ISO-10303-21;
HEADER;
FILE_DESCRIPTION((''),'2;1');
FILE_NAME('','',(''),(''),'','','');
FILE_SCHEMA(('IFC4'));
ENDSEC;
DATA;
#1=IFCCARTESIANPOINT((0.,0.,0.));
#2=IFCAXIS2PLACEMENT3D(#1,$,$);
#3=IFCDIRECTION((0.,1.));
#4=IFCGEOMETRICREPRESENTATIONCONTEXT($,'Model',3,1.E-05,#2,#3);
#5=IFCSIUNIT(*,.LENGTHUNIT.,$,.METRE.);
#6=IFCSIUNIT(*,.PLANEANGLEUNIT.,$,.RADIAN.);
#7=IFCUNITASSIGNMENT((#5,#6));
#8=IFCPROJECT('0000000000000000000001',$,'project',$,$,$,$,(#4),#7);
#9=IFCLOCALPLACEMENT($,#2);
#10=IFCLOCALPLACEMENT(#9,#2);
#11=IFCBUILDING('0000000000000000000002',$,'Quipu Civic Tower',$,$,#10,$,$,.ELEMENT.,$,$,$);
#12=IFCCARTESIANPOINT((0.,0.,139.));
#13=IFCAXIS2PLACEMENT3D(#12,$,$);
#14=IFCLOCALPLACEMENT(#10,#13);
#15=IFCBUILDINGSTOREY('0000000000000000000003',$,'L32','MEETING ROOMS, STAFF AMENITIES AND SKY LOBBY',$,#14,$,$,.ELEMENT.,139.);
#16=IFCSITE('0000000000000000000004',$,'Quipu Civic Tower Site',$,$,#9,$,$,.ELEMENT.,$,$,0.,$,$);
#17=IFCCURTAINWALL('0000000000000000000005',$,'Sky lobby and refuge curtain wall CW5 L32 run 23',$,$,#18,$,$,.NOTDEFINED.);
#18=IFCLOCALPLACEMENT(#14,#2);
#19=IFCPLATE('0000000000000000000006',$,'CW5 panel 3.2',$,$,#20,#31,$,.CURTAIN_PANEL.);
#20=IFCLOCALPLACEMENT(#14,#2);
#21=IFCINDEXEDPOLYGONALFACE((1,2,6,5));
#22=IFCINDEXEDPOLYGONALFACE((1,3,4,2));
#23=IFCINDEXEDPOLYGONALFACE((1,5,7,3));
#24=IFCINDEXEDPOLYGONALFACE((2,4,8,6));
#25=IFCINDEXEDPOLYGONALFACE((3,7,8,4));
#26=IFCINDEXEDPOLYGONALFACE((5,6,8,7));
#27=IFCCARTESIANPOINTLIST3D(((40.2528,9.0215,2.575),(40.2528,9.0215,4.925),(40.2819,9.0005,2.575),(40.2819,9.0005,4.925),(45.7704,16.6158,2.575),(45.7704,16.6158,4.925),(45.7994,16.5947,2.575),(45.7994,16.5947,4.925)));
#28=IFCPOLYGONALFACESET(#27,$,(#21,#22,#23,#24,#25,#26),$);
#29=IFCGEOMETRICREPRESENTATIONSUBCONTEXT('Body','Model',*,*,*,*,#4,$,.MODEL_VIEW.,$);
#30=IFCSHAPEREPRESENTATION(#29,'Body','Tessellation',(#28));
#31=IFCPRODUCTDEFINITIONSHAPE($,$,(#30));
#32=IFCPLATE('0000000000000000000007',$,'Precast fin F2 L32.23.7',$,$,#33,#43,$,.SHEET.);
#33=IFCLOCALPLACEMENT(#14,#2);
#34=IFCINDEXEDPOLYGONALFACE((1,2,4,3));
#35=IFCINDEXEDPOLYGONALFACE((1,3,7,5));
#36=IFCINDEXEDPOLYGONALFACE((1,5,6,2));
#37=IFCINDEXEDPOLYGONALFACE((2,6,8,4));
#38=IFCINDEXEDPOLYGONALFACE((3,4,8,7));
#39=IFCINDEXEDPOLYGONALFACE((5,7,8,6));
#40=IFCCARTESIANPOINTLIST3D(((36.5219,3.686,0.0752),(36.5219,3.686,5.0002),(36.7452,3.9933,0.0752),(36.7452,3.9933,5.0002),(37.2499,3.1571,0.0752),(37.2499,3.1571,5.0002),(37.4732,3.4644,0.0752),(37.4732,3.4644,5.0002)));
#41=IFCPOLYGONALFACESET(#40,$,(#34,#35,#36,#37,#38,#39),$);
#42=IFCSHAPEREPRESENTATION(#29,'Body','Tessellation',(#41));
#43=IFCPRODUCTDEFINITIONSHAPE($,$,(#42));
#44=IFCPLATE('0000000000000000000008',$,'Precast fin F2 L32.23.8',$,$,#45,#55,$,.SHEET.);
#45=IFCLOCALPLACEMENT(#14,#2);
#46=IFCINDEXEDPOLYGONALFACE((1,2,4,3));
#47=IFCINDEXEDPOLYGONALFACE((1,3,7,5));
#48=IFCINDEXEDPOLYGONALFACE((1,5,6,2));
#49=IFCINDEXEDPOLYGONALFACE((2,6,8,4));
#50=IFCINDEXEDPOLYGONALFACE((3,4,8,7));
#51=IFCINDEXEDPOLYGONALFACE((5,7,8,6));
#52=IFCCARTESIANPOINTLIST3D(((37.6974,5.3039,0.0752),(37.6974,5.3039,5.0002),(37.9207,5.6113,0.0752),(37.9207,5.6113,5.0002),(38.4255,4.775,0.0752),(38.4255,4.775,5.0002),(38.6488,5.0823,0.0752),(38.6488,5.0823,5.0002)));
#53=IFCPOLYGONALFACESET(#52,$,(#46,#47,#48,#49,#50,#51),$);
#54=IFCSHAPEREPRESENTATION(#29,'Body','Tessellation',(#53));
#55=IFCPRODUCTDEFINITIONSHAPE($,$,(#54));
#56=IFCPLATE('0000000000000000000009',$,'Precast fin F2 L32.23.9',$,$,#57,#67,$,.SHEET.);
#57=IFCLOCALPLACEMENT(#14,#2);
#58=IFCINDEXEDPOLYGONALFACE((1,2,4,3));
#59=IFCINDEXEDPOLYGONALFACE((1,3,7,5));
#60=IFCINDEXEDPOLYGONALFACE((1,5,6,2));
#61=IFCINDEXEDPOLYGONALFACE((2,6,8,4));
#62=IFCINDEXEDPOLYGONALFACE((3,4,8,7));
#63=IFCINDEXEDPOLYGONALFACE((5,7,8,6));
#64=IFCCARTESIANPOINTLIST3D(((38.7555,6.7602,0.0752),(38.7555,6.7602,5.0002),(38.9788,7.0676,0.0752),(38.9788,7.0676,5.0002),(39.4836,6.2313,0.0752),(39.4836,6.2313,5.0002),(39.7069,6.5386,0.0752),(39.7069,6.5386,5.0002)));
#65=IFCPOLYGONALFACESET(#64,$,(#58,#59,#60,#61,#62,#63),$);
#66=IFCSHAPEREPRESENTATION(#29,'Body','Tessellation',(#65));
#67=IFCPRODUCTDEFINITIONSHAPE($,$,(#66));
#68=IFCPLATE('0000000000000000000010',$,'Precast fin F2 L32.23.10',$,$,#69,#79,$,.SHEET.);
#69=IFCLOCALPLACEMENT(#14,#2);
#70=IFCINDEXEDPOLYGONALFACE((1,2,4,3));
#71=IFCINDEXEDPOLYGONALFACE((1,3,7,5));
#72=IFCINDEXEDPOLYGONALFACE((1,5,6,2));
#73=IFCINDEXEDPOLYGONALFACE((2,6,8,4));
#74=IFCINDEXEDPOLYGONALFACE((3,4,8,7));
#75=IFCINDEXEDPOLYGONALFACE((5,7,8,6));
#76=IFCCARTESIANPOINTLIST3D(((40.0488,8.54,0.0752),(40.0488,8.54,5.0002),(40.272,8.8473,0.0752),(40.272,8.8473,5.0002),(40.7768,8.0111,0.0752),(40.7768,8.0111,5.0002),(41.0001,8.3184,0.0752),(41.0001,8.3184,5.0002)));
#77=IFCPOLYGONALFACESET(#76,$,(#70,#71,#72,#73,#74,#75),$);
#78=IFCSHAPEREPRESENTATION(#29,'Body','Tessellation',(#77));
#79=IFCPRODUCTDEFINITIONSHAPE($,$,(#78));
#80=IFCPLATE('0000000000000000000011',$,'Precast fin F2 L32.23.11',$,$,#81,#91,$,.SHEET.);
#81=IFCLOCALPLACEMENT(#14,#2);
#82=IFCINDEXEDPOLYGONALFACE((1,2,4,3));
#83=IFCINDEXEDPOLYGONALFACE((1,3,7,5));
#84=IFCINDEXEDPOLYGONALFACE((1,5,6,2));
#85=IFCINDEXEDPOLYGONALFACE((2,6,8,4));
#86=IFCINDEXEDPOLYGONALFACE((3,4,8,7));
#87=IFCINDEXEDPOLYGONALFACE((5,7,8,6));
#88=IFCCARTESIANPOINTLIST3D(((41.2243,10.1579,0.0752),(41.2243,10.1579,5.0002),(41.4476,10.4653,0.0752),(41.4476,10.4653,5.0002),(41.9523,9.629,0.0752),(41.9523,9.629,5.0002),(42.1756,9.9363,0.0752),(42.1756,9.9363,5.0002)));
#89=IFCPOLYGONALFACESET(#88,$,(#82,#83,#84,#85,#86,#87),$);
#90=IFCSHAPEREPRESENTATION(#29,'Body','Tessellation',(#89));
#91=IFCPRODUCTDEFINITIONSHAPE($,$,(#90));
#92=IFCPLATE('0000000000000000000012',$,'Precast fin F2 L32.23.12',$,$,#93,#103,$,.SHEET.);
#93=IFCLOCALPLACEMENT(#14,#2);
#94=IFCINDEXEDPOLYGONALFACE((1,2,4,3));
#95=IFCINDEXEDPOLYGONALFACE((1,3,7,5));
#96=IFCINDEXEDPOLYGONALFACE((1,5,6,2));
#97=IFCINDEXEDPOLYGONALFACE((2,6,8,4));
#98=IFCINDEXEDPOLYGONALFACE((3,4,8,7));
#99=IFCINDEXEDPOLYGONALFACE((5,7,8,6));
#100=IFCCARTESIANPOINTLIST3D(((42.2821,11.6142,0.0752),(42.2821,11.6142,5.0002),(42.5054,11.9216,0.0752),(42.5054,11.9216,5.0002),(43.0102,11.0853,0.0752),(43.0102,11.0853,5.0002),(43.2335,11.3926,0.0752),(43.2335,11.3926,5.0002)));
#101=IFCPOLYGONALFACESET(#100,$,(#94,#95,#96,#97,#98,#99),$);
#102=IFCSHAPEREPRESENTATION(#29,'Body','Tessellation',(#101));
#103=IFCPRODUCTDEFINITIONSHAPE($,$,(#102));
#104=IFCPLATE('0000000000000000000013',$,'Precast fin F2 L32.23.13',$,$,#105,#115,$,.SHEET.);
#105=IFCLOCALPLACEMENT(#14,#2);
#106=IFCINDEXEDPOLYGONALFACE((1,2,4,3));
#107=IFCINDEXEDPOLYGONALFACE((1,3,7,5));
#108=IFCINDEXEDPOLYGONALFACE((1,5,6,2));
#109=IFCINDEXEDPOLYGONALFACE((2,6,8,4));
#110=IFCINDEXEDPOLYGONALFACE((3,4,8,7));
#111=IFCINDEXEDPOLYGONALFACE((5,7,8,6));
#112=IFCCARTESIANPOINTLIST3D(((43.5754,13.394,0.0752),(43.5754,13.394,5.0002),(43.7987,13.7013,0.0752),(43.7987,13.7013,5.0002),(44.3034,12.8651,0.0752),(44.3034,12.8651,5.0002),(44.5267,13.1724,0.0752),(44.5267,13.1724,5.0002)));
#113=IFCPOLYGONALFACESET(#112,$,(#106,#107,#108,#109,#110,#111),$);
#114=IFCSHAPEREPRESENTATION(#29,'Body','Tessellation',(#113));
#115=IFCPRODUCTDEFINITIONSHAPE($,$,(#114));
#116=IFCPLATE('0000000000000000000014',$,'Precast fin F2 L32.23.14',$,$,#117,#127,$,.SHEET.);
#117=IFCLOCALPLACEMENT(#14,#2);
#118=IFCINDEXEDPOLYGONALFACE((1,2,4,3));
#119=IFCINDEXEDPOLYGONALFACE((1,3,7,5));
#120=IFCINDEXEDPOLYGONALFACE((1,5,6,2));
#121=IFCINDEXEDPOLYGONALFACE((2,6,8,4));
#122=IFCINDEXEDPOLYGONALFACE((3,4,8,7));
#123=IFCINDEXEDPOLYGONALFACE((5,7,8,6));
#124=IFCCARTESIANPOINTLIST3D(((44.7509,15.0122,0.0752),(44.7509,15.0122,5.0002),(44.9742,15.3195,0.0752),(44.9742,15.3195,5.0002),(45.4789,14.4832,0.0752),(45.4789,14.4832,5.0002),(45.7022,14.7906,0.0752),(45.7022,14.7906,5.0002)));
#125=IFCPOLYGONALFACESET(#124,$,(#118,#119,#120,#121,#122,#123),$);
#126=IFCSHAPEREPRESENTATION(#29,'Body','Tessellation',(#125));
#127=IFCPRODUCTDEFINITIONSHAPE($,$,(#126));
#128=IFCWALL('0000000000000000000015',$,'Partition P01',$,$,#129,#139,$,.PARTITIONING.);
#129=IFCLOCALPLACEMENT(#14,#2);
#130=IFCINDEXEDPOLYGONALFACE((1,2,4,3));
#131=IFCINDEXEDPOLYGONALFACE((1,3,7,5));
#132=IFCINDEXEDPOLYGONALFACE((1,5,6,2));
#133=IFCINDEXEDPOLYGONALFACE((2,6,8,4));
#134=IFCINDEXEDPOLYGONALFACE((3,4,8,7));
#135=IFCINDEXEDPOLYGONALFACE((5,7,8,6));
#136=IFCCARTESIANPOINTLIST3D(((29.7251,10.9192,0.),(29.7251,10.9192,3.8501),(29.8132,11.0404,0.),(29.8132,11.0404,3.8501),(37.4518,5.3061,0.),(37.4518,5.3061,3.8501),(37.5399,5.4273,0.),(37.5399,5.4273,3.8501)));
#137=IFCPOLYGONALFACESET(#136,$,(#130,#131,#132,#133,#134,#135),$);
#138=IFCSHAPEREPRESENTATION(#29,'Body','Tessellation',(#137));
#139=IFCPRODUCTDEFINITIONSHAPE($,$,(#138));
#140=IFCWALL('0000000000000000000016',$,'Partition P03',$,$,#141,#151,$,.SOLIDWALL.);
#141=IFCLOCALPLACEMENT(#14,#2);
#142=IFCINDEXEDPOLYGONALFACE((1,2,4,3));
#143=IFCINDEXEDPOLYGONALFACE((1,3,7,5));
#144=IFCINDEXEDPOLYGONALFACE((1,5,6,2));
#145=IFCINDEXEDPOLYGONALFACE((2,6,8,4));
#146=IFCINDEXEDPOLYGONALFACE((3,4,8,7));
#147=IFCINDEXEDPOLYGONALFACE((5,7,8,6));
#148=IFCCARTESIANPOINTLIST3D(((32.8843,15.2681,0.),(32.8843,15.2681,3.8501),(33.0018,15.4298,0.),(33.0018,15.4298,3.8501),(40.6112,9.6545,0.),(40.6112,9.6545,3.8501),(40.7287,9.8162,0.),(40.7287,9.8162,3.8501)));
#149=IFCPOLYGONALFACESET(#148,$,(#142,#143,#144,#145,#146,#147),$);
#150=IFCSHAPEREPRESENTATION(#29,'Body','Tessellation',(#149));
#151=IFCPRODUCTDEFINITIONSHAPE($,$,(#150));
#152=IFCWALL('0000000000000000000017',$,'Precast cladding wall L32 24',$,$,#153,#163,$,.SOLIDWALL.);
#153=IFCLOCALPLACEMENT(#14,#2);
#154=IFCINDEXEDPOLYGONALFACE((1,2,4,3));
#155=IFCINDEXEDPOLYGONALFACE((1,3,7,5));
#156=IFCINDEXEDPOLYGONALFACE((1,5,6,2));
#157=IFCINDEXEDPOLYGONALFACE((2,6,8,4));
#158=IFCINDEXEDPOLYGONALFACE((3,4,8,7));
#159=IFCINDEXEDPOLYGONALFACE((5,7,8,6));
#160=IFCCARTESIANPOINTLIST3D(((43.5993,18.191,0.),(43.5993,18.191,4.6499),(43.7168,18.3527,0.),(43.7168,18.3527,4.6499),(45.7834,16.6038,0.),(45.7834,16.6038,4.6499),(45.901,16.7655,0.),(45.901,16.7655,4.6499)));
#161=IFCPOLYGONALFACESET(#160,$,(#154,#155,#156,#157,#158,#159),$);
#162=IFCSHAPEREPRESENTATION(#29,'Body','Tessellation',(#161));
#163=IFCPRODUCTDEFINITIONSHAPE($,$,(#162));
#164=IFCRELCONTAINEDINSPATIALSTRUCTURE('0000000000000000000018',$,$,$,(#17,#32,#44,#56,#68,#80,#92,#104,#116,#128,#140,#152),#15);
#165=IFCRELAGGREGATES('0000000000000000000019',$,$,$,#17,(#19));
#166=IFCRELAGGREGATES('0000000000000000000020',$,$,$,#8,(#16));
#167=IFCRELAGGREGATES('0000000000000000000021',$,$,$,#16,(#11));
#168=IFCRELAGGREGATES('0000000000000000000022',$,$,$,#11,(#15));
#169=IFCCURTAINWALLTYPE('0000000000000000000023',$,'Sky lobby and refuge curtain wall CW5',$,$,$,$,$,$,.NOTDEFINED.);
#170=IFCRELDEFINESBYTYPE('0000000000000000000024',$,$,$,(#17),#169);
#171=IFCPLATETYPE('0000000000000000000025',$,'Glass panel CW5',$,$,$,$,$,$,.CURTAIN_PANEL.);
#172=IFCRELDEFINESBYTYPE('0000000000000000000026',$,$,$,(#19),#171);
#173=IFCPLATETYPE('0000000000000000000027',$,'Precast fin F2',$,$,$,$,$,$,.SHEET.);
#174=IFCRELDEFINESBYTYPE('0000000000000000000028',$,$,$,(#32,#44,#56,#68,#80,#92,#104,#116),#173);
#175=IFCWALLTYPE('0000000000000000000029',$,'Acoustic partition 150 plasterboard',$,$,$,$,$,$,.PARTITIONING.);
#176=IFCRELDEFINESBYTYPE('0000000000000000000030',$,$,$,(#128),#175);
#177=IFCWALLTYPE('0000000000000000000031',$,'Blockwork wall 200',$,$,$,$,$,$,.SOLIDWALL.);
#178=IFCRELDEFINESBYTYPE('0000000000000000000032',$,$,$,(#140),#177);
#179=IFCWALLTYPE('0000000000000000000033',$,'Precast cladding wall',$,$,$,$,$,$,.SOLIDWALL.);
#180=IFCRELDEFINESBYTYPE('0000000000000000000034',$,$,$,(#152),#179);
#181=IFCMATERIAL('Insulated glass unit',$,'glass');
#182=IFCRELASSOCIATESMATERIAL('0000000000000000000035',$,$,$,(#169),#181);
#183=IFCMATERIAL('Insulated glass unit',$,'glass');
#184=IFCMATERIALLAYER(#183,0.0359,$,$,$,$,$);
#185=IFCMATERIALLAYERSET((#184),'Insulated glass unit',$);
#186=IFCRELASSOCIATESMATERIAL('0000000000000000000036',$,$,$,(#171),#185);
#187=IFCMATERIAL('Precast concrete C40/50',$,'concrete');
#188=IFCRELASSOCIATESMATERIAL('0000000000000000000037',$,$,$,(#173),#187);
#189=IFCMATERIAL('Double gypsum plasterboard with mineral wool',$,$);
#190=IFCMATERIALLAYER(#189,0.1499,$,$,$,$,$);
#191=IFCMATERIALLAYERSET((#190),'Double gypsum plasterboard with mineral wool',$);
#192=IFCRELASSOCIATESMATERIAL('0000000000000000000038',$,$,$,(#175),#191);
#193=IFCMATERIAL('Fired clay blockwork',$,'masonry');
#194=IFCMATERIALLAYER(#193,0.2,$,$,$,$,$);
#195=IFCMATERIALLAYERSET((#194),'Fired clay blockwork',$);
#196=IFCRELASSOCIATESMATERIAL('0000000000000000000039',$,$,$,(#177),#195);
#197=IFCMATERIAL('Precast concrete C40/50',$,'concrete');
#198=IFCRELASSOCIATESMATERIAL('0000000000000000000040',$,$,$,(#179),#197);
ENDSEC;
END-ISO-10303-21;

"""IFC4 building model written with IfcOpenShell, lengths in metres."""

from ifc_helpers import new_model, si_unit, direction, frame, frame_2d, origin, origin_2d, place, context, subcontext, project, spatial, rectangle, extrude, material, layer, layer_set, type_object, element, aggregate, save


model = new_model("IFC4")

# Units and contexts
model_context = context("Model", 3, precision=1e-05, world=origin(), true_north=direction((0.0, 1.0)))
body_context = subcontext(model_context, "Body", "Model", "MODEL_VIEW")
ifc_project = project(units=[si_unit("LENGTHUNIT", "METRE"), si_unit("PLANEANGLEUNIT", "RADIAN")], contexts=[model_context])

# Site, building, storey
site_placement = place(None, origin())
site = spatial("IfcSite", under=ifc_project, at=site_placement, Name="Quipu Civic Tower Site", CompositionType="ELEMENT", RefElevation=0.0)
building_placement = place(site_placement, origin())
building = spatial("IfcBuilding", under=site, at=building_placement, Name="Quipu Civic Tower", CompositionType="ELEMENT")
storey_placement = place(building_placement, frame((0.0, 0.0, 139.0)))
storey = spatial("IfcBuildingStorey", under=building, at=storey_placement, Name="L32", Description="MEETING ROOMS, STAFF AMENITIES AND SKY LOBBY", CompositionType="ELEMENT", Elevation=139.0)

# Curtain wall
ifc_material_1 = material(Name="Insulated glass unit", Category="glass")
curtain_wall_type = type_object("IfcCurtainWallType", Name="Sky lobby and refuge curtain wall CW5", PredefinedType="NOTDEFINED", material=ifc_material_1)
curtain_wall_placement = place(storey_placement, origin())
curtain_wall = element("IfcCurtainWall", 1, at=curtain_wall_placement, inside=storey, type_object=curtain_wall_type, Name="Sky lobby and refuge curtain wall CW5 L32 run 23", PredefinedType="NOTDEFINED")

# Plate
ifc_material_2 = material(Name="Insulated glass unit", Category="glass")
ifc_layer_1 = layer(ifc_material_2, 0.0359)
ifc_layer_set_1 = layer_set([ifc_layer_1], Name="Insulated glass unit")
plate_type_1 = type_object("IfcPlateType", Name="Glass panel CW5", PredefinedType="CURTAIN_PANEL", material=ifc_layer_set_1)
plate_1_placement = place(storey_placement, frame((43.0261, 12.8081, 2.575), z_axis=(0.0, 0.0, 1.0), x_axis=(0.587786, 0.809017, 0.0)))
plate_1 = element("IfcPlate", 2, at=plate_1_placement, type_object=plate_type_1, Name="CW5 panel 3.2", PredefinedType="CURTAIN_PANEL", context=body_context, shape_type="SweptSolid", body=[
    extrude(rectangle(XDim=9.387, YDim=0.0359, at=origin_2d()), origin(), (0.0, 0.0, 1.0), 2.3501),
])
aggregate(curtain_wall, [plate_1])

# Plates
ifc_material_3 = material(Name="Precast concrete C40/50", Category="concrete")
plate_type_2 = type_object("IfcPlateType", Name="Precast fin F2", PredefinedType="SHEET", material=ifc_material_3)
for number, where, z_axis, x_axis, name in (
    (3, (36.9976, 3.5752, 0.0752), (0.0, 0.0, 1.0), (0.587786, 0.809017, 0.0), "Precast fin F2 L32.23.7"),
    (4, (38.1731, 5.1931, 0.0752), (0.0, 0.0, 1.0), (0.587786, 0.809017, 0.0), "Precast fin F2 L32.23.8"),
    (5, (39.2312, 6.6494, 0.0752), (0.0, 0.0, 1.0), (0.587786, 0.809017, 0.0), "Precast fin F2 L32.23.9"),
    (6, (40.5244, 8.4292, 0.0752), (0.0, 0.0, 1.0), (0.587786, 0.809017, 0.0), "Precast fin F2 L32.23.10"),
    (7, (41.7, 10.0471, 0.0752), (0.0, 0.0, 1.0), (0.587786, 0.809017, 0.0), "Precast fin F2 L32.23.11"),
    (8, (42.7578, 11.5034, 0.0752), (0.0, 0.0, 1.0), (0.587786, 0.809017, 0.0), "Precast fin F2 L32.23.12"),
    (9, (44.051, 13.2832, 0.0752), (0.0, 0.0, 1.0), (0.587786, 0.809017, 0.0), "Precast fin F2 L32.23.13"),
    (10, (45.2266, 14.9014, 0.0752), (0.0, 0.0, 1.0), (0.587786, 0.809017, 0.0), "Precast fin F2 L32.23.14"),
):
    element("IfcPlate", number, at=place(storey_placement, frame(where, z_axis=z_axis, x_axis=x_axis)), inside=storey, type_object=plate_type_2, Name=name, PredefinedType="SHEET", context=body_context, shape_type="SweptSolid", body=[
        extrude(rectangle(XDim=0.3799, YDim=0.8999, at=origin_2d()), origin(), (0.0, 0.0, 1.0), 4.925),
    ])

# Walls
ifc_material_4 = material(Name="Double gypsum plasterboard with mineral wool")
ifc_layer_2 = layer(ifc_material_4, 0.1499)
ifc_layer_set_2 = layer_set([ifc_layer_2], Name="Double gypsum plasterboard with mineral wool")
wall_type_1 = type_object("IfcWallType", Name="Acoustic partition 150 plasterboard", PredefinedType="PARTITIONING", material=ifc_layer_set_2)
wall_1_placement = place(storey_placement, frame((37.4958, 5.3667, 0.0), z_axis=(0.0, 0.0, 1.0), x_axis=(-0.809049, 0.587741, 0.0)))
element("IfcWall", 11, at=wall_1_placement, inside=storey, type_object=wall_type_1, Name="Partition P01", PredefinedType="PARTITIONING", context=body_context, shape_type="SweptSolid", body=[
    extrude(rectangle(XDim=9.5503, YDim=0.1499, at=frame_2d((4.7751, 0.0))), origin(), (0.0, 0.0, 1.0), 3.8501),
])
ifc_material_5 = material(Name="Fired clay blockwork", Category="masonry")
ifc_layer_3 = layer(ifc_material_5, 0.2)
ifc_layer_set_3 = layer_set([ifc_layer_3], Name="Fired clay blockwork")
wall_type_2 = type_object("IfcWallType", Name="Blockwork wall 200", PredefinedType="SOLIDWALL", material=ifc_layer_set_3)
wall_2_placement = place(storey_placement, frame((40.6699, 9.7354, 0.0), z_axis=(0.0, 0.0, 1.0), x_axis=(-0.809033, 0.587763, 0.0)))
element("IfcWall", 12, at=wall_2_placement, inside=storey, type_object=wall_type_2, Name="Partition P03", PredefinedType="SOLIDWALL", context=body_context, shape_type="SweptSolid", body=[
    extrude(rectangle(XDim=9.5508, YDim=0.2, at=frame_2d((4.7754, 0.0))), origin(), (0.0, 0.0, 1.0), 3.8501),
])
ifc_material_6 = material(Name="Precast concrete C40/50", Category="concrete")
wall_type_3 = type_object("IfcWallType", Name="Precast cladding wall", PredefinedType="SOLIDWALL", material=ifc_material_6)
wall_3_placement = place(storey_placement, frame((45.8423, 16.6846, 0.0), z_axis=(0.0, 0.0, 1.0), x_axis=(-0.808959, 0.587865, 0.0)))
element("IfcWall", 13, at=wall_3_placement, inside=storey, type_object=wall_type_3, Name="Precast cladding wall L32 24", PredefinedType="SOLIDWALL", context=body_context, shape_type="SweptSolid", body=[
    extrude(rectangle(XDim=2.7, YDim=0.2, at=frame_2d((1.3501, 0.0))), origin(), (0.0, 0.0, 1.0), 4.6499),
])

save(model, "model.ifc")
